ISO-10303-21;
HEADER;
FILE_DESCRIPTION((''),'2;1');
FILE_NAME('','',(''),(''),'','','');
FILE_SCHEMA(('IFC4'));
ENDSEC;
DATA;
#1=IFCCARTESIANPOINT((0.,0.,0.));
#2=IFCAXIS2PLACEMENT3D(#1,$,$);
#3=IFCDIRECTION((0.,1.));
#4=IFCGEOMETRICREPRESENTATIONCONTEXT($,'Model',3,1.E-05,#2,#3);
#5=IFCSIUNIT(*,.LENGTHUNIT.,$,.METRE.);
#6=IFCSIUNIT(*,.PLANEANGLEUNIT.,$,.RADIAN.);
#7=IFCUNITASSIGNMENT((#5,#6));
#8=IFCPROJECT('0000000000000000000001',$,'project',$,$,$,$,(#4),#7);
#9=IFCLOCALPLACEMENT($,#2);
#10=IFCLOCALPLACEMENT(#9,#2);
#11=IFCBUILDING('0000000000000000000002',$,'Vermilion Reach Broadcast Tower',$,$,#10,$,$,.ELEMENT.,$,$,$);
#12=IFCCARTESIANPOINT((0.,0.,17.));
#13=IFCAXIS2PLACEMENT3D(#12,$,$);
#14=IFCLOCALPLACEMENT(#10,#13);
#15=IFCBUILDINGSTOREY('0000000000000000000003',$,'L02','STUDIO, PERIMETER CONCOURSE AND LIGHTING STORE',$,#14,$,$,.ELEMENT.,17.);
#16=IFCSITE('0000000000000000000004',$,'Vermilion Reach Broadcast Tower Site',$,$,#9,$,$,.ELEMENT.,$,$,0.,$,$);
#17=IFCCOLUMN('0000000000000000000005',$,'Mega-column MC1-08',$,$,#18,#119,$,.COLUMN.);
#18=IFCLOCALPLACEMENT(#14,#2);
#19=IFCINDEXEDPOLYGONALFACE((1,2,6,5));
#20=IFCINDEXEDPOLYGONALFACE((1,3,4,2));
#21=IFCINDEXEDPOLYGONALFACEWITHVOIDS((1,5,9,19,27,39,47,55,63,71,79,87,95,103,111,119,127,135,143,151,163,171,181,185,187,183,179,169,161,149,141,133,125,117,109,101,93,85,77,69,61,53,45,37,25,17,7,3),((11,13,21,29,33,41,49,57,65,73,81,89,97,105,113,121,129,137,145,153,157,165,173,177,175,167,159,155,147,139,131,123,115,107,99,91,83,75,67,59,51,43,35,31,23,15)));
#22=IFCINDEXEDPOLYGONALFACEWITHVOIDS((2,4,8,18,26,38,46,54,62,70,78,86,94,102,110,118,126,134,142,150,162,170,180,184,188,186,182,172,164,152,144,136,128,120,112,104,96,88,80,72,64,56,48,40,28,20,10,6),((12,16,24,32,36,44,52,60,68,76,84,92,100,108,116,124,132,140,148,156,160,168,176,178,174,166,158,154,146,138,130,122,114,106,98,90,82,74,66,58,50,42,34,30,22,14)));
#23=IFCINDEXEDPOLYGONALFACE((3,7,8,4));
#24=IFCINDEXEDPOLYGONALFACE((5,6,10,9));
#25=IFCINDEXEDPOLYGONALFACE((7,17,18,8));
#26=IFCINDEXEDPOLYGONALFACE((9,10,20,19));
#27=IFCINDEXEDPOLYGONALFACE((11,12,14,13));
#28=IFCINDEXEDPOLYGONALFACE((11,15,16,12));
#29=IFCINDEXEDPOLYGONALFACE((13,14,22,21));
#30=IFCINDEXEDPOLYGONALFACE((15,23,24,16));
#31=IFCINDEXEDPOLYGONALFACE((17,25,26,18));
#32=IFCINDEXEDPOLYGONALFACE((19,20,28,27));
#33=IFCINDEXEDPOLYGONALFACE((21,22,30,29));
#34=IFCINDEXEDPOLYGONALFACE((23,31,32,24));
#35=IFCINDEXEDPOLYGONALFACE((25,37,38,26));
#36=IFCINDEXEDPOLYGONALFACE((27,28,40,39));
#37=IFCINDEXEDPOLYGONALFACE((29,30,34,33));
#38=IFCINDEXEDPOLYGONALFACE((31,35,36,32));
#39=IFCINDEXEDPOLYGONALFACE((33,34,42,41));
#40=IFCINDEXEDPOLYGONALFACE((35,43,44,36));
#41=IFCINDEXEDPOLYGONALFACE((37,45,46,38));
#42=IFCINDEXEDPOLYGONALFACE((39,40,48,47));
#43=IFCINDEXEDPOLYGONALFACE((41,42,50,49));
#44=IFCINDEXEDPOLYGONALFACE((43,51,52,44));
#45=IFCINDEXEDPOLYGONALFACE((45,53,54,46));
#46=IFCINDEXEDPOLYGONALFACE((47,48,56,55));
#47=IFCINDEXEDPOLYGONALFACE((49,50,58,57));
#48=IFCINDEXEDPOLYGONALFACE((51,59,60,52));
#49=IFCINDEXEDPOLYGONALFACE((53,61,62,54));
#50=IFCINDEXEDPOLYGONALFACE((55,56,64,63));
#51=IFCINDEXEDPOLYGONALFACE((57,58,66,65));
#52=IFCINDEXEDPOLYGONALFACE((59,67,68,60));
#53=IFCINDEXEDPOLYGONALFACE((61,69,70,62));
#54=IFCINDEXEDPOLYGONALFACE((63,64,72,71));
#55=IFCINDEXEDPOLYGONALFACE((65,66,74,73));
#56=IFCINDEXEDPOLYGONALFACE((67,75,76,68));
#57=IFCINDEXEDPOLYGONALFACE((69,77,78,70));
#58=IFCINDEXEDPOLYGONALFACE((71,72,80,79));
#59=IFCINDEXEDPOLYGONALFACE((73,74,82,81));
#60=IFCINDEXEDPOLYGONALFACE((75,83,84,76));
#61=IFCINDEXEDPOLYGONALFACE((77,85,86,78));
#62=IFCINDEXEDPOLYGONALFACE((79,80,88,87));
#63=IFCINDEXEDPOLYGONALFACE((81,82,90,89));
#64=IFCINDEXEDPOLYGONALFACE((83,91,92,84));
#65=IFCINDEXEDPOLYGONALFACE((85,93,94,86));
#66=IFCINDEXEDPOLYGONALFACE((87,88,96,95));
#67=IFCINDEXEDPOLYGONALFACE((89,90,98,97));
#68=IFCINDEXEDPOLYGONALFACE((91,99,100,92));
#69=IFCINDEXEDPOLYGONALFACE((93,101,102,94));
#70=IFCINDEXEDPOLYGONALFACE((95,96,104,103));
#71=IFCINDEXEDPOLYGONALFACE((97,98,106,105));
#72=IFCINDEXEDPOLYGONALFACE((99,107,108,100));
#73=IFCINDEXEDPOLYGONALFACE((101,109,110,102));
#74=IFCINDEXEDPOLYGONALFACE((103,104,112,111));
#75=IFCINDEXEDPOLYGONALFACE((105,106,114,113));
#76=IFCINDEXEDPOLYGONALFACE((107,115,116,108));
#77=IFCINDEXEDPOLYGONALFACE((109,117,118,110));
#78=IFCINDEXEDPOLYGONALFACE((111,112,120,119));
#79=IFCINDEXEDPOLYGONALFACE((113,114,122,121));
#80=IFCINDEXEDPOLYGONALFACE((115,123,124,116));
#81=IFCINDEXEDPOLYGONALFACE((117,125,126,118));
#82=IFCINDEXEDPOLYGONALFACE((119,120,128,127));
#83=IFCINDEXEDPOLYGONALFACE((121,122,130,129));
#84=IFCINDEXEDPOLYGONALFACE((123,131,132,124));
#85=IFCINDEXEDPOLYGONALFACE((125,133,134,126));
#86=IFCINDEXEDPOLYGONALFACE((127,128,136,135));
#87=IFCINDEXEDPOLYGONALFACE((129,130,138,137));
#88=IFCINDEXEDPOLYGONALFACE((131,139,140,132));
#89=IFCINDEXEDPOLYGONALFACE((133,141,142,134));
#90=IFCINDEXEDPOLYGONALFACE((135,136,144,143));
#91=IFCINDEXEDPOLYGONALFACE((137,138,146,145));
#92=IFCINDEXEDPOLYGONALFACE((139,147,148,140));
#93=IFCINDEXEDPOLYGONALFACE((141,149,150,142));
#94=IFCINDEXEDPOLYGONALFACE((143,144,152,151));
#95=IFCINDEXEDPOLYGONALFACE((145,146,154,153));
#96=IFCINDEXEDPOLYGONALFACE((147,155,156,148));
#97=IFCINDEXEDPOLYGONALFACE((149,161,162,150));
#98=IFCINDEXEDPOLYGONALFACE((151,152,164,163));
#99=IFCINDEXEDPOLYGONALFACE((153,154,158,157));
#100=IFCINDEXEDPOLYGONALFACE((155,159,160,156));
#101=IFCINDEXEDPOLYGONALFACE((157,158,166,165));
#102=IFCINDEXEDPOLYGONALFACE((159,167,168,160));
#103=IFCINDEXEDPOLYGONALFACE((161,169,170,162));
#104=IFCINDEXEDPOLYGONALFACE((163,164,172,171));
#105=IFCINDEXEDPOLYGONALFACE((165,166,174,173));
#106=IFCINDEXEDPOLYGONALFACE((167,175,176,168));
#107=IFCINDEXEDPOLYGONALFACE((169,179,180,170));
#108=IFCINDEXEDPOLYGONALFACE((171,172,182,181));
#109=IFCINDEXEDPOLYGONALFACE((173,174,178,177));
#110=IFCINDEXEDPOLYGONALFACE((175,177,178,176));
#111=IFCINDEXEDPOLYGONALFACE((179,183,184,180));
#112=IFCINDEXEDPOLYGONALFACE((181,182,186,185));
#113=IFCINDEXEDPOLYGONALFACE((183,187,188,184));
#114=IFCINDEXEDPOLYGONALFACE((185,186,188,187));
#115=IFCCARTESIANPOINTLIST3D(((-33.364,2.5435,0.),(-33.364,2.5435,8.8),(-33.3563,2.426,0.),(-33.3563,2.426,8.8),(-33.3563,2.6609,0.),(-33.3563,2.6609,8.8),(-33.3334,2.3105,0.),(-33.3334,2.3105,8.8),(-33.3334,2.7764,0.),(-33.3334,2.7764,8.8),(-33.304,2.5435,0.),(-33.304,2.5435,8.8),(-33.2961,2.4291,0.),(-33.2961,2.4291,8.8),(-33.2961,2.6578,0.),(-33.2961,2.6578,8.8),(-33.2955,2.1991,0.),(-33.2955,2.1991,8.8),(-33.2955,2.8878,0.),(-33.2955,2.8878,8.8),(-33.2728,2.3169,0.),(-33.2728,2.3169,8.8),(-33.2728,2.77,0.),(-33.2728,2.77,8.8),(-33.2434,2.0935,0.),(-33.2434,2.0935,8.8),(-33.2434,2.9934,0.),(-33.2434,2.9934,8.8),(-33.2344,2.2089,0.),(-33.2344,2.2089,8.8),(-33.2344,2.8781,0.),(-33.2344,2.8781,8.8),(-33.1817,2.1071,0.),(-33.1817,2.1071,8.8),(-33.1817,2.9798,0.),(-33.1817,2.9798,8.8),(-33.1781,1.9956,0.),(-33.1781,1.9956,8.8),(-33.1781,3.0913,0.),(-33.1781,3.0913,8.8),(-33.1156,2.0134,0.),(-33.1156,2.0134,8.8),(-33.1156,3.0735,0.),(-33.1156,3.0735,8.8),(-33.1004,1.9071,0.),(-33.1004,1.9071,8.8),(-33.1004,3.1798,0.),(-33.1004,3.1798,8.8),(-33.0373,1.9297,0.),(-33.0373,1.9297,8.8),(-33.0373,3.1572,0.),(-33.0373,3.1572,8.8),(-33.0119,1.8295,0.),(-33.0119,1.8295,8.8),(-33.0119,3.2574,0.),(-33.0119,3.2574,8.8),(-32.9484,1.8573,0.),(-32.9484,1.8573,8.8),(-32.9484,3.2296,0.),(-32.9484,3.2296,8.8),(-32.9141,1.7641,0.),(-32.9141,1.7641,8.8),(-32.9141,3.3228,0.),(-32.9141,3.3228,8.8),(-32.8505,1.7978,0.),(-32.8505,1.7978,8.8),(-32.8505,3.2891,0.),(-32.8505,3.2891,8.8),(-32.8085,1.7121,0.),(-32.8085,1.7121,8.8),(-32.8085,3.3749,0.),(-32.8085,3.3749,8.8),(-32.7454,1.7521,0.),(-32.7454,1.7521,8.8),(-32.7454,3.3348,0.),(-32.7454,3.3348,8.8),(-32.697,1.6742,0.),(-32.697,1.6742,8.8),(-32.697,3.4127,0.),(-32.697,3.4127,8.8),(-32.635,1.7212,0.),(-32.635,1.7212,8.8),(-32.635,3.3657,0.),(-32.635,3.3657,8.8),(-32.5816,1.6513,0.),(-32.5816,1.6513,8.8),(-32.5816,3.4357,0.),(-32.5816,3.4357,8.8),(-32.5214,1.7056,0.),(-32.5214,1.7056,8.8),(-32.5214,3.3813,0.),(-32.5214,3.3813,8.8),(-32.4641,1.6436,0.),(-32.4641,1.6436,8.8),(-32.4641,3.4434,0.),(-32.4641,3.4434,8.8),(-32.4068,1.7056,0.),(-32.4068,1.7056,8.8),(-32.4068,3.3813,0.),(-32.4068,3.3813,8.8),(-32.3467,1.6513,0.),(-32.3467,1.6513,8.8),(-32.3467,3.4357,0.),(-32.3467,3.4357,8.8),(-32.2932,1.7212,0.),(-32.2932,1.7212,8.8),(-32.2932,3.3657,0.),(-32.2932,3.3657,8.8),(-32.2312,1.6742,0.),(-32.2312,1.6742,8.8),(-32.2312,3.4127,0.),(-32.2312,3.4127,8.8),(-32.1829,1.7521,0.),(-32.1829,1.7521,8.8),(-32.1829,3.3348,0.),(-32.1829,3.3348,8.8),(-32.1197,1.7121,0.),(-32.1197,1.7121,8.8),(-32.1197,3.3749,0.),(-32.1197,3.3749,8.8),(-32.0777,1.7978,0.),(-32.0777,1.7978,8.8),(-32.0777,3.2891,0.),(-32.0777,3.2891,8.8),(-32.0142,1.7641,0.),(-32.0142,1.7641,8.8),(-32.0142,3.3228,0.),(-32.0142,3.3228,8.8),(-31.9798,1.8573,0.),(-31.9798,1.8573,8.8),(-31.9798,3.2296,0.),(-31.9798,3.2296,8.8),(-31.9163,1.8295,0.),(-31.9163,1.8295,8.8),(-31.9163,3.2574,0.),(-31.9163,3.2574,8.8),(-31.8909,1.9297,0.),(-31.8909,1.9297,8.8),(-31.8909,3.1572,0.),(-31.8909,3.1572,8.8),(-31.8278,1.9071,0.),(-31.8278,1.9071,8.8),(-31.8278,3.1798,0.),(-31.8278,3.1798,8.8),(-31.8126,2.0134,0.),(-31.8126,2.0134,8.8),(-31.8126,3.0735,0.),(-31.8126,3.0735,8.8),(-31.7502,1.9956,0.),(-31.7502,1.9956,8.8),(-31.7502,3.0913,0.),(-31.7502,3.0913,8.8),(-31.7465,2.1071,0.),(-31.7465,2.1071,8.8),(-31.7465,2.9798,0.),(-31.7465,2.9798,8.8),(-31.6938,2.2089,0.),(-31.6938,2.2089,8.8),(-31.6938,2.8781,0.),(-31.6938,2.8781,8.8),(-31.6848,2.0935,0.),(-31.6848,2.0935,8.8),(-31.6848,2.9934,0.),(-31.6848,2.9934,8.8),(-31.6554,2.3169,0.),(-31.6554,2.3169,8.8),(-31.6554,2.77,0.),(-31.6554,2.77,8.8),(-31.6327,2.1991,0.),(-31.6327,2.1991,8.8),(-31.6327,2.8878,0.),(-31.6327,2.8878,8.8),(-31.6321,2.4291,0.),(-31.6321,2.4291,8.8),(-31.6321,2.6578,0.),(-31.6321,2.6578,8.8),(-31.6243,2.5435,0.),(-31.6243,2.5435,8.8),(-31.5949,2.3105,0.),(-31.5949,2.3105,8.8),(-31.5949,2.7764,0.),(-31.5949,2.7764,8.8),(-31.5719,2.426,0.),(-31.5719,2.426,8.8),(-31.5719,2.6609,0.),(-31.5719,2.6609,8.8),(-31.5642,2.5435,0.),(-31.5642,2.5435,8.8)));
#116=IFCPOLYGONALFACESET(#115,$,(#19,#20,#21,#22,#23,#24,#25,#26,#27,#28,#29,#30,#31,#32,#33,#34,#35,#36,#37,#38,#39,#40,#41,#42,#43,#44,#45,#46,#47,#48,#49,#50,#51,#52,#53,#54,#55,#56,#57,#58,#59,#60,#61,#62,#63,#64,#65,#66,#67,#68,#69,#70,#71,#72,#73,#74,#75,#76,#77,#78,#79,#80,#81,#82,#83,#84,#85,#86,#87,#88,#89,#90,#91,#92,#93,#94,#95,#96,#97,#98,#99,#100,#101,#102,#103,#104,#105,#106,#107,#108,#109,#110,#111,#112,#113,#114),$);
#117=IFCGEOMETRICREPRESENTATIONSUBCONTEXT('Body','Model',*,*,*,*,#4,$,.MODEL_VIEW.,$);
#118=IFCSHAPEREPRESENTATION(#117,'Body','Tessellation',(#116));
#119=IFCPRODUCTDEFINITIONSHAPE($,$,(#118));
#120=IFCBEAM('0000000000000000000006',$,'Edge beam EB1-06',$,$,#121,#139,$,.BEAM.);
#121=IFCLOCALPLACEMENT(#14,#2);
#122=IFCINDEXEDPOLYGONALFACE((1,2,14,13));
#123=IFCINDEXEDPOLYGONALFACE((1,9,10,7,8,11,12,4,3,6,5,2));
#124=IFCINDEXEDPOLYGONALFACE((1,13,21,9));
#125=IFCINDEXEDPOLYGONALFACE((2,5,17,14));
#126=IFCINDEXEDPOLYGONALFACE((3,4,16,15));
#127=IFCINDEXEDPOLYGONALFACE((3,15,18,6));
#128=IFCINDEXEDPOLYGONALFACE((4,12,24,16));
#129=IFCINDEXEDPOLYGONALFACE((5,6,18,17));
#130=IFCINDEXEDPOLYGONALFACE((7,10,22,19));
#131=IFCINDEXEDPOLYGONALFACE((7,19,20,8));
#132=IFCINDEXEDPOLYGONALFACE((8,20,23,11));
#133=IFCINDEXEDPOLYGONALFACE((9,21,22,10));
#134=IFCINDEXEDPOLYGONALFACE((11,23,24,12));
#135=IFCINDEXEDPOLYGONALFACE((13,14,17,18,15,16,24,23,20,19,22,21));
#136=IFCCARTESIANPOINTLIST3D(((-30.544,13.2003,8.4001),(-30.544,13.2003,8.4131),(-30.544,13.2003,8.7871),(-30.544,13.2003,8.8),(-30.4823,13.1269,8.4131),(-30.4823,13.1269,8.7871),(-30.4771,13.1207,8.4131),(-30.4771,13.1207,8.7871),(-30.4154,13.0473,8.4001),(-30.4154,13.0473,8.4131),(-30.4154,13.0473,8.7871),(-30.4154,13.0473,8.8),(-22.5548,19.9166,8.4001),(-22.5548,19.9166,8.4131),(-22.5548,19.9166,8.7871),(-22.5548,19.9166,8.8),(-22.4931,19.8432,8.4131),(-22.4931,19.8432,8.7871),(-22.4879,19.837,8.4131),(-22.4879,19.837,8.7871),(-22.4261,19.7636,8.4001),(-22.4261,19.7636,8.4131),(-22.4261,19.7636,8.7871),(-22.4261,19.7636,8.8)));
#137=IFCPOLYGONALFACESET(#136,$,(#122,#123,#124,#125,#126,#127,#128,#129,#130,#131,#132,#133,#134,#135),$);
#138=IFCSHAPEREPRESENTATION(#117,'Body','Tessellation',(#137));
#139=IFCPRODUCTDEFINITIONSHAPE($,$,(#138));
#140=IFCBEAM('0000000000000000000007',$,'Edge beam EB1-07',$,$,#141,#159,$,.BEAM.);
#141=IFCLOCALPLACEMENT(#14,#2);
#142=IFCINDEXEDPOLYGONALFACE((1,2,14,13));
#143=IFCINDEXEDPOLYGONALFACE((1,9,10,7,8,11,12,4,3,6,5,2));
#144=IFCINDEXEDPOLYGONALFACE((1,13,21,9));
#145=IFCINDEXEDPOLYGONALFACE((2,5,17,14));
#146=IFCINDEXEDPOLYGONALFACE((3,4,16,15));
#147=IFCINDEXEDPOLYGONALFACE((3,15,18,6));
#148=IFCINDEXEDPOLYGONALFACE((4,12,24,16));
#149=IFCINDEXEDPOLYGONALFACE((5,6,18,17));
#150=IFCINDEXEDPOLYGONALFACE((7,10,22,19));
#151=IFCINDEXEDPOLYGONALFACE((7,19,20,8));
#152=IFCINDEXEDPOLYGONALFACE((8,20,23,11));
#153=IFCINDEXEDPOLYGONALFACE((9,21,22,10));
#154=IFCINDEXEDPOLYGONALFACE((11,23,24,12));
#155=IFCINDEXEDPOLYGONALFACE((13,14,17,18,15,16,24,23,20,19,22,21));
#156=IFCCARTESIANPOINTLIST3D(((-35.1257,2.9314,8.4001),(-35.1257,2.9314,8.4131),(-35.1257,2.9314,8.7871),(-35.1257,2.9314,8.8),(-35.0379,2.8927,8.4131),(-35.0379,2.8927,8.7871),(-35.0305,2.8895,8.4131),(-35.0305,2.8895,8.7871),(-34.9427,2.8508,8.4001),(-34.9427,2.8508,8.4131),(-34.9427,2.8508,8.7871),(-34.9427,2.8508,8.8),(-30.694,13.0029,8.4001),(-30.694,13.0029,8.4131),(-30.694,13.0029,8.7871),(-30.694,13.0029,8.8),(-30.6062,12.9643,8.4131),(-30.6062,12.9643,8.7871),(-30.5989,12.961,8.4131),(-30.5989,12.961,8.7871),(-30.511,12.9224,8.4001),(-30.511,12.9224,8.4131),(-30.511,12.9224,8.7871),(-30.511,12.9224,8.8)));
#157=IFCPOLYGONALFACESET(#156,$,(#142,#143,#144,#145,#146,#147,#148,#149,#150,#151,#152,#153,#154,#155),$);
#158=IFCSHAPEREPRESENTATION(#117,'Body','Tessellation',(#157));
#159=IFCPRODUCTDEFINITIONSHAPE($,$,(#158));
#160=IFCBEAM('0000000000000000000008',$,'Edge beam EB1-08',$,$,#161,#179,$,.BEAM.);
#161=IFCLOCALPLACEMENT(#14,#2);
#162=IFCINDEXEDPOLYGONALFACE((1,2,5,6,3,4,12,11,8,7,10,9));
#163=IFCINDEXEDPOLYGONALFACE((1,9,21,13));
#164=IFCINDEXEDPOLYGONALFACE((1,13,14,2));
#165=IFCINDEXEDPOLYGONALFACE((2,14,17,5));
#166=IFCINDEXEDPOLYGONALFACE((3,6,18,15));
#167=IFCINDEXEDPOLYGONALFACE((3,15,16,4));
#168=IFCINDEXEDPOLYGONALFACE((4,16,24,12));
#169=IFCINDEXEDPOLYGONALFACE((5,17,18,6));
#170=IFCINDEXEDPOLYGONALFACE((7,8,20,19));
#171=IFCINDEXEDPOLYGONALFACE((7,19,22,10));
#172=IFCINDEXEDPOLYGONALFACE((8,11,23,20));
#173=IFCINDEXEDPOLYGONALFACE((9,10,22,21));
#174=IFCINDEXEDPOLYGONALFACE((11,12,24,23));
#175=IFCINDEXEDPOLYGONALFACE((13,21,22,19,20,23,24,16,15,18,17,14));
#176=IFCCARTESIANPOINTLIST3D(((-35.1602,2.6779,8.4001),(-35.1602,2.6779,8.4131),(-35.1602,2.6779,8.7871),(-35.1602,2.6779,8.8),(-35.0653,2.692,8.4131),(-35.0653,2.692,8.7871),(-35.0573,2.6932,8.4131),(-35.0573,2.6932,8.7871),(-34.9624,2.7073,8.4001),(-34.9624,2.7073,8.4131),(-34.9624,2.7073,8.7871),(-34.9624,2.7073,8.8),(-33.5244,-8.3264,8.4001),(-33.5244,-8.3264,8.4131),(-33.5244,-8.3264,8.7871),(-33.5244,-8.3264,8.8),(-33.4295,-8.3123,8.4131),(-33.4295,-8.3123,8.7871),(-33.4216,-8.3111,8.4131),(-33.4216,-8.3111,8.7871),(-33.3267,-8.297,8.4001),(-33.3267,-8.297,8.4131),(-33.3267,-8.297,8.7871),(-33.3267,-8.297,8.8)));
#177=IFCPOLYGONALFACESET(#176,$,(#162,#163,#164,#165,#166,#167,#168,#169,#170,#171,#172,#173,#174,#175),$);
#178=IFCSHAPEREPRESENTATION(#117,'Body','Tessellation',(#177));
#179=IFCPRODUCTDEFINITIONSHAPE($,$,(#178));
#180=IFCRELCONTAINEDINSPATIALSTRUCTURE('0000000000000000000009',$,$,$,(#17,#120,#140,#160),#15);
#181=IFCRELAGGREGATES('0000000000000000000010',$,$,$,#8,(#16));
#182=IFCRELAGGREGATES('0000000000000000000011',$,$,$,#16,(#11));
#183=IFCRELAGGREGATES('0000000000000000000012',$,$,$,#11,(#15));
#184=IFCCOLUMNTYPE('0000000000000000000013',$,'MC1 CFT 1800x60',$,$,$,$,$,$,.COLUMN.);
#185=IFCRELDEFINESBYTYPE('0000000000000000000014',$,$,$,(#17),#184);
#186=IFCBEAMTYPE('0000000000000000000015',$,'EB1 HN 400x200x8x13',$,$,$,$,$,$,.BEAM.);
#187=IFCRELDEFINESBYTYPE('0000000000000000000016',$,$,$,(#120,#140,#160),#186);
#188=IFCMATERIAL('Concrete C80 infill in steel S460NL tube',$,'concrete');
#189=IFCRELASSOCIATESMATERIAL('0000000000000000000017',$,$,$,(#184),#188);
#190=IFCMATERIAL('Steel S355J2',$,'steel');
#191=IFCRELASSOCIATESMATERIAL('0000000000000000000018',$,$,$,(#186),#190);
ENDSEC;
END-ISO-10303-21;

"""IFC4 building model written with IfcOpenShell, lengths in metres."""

from ifc_helpers import new_model, si_unit, direction, frame, origin, origin_2d, place, context, subcontext, project, spatial, hollow_circle, i_section, extrude, material, material_profile, profile_set, type_object, element, save


model = new_model("IFC4")

# Units and contexts
model_context = context("Model", 3, precision=1e-05, world=origin(), true_north=direction((0.0, 1.0)))
body_context = subcontext(model_context, "Body", "Model", "MODEL_VIEW")
ifc_project = project(units=[si_unit("LENGTHUNIT", "METRE"), si_unit("PLANEANGLEUNIT", "RADIAN")], contexts=[model_context])

# Site, building, storey
site_placement = place(None, origin())
site = spatial("IfcSite", under=ifc_project, at=site_placement, Name="Vermilion Reach Broadcast Tower Site", CompositionType="ELEMENT", RefElevation=0.0)
building_placement = place(site_placement, origin())
building = spatial("IfcBuilding", under=site, at=building_placement, Name="Vermilion Reach Broadcast Tower", CompositionType="ELEMENT")
storey_placement = place(building_placement, frame((0.0, 0.0, 17.0)))
storey = spatial("IfcBuildingStorey", under=building, at=storey_placement, Name="L02", Description="STUDIO, PERIMETER CONCOURSE AND LIGHTING STORE", CompositionType="ELEMENT", Elevation=17.0)

# Column
ifc_material_1 = material(Name="Concrete C80 infill in steel S460NL tube", Category="concrete")
ifc_material_profile_1 = material_profile(ifc_material_1, hollow_circle(Radius=0.8999, WallThickness=0.0601, at=origin_2d()), Name="Concrete C80 infill in steel S460NL tube CFT 1800x60")
ifc_profile_set_1 = profile_set([ifc_material_profile_1], Name="Concrete C80 infill in steel S460NL tube")
column_type = type_object("IfcColumnType", Name="MC1 CFT 1800x60", PredefinedType="COLUMN", material=ifc_profile_set_1)
for number, where, z_axis, x_axis, name in (
    (1, (-32.4641, 2.5435, 0.0), (0.0, 0.0, 1.0), (1.0, 0.0, 0.0), "Mega-column MC1-08"),
):
    element("IfcColumn", number, at=place(storey_placement, frame(where, z_axis=z_axis, x_axis=x_axis)), inside=storey, type_object=column_type, Name=name, PredefinedType="COLUMN", context=body_context, shape_type="SweptSolid", body=[
        extrude(hollow_circle(Radius=0.8999, WallThickness=0.0601, at=origin_2d()), origin(), (0.0, 0.0, 1.0), 8.8),
    ])

# Beams
ifc_material_2 = material(Name="Steel S355J2", Category="steel")
ifc_material_profile_2 = material_profile(ifc_material_2, i_section(OverallWidth=0.2, OverallDepth=0.3999, WebThickness=0.0081, FlangeThickness=0.0129, at=origin_2d()), Name="S355J2 HN 400x200x8x13")
ifc_profile_set_2 = profile_set([ifc_material_profile_2], Name="Steel S355J2")
beam_type_1 = type_object("IfcBeamType", Name="EB1 HN 400x200x8x13", PredefinedType="BEAM", material=ifc_profile_set_2)
beam_1_placement = place(storey_placement, frame((-22.4905, 19.8401, 8.6001), z_axis=(-0.765453, -0.643492, 0.0), x_axis=(0.643492, -0.765453, 0.0)))
element("IfcBeam", 2, at=beam_1_placement, inside=storey, type_object=beam_type_1, Name="Edge beam EB1-06", PredefinedType="BEAM", context=body_context, shape_type="SweptSolid", body=[
    extrude(i_section(OverallWidth=0.2, OverallDepth=0.3999, WebThickness=0.0081, FlangeThickness=0.0129, at=origin_2d()), origin(), (0.0, 0.0, 1.0), 10.4373),
])
beam_2_placement = place(storey_placement, frame((-30.6025, 12.9626, 8.6001), z_axis=(-0.402751, -0.915309, 0.0), x_axis=(0.915309, -0.402751, 0.0)))
element("IfcBeam", 3, at=beam_2_placement, inside=storey, type_object=beam_type_1, Name="Edge beam EB1-07", PredefinedType="BEAM", context=body_context, shape_type="SweptSolid", body=[
    extrude(i_section(OverallWidth=0.2, OverallDepth=0.3999, WebThickness=0.0081, FlangeThickness=0.0129, at=origin_2d()), origin(), (0.0, 0.0, 1.0), 11.0034),
])
beam_3_placement = place(storey_placement, frame((-35.0613, 2.6926, 8.6001), z_axis=(0.147029, -0.989132, 0.0), x_axis=(0.989132, 0.147029, 0.0)))
element("IfcBeam", 4, at=beam_3_placement, inside=storey, type_object=beam_type_1, Name="Edge beam EB1-08", PredefinedType="BEAM", context=body_context, shape_type="SweptSolid", body=[
    extrude(i_section(OverallWidth=0.2, OverallDepth=0.3999, WebThickness=0.0081, FlangeThickness=0.0129, at=origin_2d()), origin(), (0.0, 0.0, 1.0), 11.1252),
])

save(model, "model.ifc")
